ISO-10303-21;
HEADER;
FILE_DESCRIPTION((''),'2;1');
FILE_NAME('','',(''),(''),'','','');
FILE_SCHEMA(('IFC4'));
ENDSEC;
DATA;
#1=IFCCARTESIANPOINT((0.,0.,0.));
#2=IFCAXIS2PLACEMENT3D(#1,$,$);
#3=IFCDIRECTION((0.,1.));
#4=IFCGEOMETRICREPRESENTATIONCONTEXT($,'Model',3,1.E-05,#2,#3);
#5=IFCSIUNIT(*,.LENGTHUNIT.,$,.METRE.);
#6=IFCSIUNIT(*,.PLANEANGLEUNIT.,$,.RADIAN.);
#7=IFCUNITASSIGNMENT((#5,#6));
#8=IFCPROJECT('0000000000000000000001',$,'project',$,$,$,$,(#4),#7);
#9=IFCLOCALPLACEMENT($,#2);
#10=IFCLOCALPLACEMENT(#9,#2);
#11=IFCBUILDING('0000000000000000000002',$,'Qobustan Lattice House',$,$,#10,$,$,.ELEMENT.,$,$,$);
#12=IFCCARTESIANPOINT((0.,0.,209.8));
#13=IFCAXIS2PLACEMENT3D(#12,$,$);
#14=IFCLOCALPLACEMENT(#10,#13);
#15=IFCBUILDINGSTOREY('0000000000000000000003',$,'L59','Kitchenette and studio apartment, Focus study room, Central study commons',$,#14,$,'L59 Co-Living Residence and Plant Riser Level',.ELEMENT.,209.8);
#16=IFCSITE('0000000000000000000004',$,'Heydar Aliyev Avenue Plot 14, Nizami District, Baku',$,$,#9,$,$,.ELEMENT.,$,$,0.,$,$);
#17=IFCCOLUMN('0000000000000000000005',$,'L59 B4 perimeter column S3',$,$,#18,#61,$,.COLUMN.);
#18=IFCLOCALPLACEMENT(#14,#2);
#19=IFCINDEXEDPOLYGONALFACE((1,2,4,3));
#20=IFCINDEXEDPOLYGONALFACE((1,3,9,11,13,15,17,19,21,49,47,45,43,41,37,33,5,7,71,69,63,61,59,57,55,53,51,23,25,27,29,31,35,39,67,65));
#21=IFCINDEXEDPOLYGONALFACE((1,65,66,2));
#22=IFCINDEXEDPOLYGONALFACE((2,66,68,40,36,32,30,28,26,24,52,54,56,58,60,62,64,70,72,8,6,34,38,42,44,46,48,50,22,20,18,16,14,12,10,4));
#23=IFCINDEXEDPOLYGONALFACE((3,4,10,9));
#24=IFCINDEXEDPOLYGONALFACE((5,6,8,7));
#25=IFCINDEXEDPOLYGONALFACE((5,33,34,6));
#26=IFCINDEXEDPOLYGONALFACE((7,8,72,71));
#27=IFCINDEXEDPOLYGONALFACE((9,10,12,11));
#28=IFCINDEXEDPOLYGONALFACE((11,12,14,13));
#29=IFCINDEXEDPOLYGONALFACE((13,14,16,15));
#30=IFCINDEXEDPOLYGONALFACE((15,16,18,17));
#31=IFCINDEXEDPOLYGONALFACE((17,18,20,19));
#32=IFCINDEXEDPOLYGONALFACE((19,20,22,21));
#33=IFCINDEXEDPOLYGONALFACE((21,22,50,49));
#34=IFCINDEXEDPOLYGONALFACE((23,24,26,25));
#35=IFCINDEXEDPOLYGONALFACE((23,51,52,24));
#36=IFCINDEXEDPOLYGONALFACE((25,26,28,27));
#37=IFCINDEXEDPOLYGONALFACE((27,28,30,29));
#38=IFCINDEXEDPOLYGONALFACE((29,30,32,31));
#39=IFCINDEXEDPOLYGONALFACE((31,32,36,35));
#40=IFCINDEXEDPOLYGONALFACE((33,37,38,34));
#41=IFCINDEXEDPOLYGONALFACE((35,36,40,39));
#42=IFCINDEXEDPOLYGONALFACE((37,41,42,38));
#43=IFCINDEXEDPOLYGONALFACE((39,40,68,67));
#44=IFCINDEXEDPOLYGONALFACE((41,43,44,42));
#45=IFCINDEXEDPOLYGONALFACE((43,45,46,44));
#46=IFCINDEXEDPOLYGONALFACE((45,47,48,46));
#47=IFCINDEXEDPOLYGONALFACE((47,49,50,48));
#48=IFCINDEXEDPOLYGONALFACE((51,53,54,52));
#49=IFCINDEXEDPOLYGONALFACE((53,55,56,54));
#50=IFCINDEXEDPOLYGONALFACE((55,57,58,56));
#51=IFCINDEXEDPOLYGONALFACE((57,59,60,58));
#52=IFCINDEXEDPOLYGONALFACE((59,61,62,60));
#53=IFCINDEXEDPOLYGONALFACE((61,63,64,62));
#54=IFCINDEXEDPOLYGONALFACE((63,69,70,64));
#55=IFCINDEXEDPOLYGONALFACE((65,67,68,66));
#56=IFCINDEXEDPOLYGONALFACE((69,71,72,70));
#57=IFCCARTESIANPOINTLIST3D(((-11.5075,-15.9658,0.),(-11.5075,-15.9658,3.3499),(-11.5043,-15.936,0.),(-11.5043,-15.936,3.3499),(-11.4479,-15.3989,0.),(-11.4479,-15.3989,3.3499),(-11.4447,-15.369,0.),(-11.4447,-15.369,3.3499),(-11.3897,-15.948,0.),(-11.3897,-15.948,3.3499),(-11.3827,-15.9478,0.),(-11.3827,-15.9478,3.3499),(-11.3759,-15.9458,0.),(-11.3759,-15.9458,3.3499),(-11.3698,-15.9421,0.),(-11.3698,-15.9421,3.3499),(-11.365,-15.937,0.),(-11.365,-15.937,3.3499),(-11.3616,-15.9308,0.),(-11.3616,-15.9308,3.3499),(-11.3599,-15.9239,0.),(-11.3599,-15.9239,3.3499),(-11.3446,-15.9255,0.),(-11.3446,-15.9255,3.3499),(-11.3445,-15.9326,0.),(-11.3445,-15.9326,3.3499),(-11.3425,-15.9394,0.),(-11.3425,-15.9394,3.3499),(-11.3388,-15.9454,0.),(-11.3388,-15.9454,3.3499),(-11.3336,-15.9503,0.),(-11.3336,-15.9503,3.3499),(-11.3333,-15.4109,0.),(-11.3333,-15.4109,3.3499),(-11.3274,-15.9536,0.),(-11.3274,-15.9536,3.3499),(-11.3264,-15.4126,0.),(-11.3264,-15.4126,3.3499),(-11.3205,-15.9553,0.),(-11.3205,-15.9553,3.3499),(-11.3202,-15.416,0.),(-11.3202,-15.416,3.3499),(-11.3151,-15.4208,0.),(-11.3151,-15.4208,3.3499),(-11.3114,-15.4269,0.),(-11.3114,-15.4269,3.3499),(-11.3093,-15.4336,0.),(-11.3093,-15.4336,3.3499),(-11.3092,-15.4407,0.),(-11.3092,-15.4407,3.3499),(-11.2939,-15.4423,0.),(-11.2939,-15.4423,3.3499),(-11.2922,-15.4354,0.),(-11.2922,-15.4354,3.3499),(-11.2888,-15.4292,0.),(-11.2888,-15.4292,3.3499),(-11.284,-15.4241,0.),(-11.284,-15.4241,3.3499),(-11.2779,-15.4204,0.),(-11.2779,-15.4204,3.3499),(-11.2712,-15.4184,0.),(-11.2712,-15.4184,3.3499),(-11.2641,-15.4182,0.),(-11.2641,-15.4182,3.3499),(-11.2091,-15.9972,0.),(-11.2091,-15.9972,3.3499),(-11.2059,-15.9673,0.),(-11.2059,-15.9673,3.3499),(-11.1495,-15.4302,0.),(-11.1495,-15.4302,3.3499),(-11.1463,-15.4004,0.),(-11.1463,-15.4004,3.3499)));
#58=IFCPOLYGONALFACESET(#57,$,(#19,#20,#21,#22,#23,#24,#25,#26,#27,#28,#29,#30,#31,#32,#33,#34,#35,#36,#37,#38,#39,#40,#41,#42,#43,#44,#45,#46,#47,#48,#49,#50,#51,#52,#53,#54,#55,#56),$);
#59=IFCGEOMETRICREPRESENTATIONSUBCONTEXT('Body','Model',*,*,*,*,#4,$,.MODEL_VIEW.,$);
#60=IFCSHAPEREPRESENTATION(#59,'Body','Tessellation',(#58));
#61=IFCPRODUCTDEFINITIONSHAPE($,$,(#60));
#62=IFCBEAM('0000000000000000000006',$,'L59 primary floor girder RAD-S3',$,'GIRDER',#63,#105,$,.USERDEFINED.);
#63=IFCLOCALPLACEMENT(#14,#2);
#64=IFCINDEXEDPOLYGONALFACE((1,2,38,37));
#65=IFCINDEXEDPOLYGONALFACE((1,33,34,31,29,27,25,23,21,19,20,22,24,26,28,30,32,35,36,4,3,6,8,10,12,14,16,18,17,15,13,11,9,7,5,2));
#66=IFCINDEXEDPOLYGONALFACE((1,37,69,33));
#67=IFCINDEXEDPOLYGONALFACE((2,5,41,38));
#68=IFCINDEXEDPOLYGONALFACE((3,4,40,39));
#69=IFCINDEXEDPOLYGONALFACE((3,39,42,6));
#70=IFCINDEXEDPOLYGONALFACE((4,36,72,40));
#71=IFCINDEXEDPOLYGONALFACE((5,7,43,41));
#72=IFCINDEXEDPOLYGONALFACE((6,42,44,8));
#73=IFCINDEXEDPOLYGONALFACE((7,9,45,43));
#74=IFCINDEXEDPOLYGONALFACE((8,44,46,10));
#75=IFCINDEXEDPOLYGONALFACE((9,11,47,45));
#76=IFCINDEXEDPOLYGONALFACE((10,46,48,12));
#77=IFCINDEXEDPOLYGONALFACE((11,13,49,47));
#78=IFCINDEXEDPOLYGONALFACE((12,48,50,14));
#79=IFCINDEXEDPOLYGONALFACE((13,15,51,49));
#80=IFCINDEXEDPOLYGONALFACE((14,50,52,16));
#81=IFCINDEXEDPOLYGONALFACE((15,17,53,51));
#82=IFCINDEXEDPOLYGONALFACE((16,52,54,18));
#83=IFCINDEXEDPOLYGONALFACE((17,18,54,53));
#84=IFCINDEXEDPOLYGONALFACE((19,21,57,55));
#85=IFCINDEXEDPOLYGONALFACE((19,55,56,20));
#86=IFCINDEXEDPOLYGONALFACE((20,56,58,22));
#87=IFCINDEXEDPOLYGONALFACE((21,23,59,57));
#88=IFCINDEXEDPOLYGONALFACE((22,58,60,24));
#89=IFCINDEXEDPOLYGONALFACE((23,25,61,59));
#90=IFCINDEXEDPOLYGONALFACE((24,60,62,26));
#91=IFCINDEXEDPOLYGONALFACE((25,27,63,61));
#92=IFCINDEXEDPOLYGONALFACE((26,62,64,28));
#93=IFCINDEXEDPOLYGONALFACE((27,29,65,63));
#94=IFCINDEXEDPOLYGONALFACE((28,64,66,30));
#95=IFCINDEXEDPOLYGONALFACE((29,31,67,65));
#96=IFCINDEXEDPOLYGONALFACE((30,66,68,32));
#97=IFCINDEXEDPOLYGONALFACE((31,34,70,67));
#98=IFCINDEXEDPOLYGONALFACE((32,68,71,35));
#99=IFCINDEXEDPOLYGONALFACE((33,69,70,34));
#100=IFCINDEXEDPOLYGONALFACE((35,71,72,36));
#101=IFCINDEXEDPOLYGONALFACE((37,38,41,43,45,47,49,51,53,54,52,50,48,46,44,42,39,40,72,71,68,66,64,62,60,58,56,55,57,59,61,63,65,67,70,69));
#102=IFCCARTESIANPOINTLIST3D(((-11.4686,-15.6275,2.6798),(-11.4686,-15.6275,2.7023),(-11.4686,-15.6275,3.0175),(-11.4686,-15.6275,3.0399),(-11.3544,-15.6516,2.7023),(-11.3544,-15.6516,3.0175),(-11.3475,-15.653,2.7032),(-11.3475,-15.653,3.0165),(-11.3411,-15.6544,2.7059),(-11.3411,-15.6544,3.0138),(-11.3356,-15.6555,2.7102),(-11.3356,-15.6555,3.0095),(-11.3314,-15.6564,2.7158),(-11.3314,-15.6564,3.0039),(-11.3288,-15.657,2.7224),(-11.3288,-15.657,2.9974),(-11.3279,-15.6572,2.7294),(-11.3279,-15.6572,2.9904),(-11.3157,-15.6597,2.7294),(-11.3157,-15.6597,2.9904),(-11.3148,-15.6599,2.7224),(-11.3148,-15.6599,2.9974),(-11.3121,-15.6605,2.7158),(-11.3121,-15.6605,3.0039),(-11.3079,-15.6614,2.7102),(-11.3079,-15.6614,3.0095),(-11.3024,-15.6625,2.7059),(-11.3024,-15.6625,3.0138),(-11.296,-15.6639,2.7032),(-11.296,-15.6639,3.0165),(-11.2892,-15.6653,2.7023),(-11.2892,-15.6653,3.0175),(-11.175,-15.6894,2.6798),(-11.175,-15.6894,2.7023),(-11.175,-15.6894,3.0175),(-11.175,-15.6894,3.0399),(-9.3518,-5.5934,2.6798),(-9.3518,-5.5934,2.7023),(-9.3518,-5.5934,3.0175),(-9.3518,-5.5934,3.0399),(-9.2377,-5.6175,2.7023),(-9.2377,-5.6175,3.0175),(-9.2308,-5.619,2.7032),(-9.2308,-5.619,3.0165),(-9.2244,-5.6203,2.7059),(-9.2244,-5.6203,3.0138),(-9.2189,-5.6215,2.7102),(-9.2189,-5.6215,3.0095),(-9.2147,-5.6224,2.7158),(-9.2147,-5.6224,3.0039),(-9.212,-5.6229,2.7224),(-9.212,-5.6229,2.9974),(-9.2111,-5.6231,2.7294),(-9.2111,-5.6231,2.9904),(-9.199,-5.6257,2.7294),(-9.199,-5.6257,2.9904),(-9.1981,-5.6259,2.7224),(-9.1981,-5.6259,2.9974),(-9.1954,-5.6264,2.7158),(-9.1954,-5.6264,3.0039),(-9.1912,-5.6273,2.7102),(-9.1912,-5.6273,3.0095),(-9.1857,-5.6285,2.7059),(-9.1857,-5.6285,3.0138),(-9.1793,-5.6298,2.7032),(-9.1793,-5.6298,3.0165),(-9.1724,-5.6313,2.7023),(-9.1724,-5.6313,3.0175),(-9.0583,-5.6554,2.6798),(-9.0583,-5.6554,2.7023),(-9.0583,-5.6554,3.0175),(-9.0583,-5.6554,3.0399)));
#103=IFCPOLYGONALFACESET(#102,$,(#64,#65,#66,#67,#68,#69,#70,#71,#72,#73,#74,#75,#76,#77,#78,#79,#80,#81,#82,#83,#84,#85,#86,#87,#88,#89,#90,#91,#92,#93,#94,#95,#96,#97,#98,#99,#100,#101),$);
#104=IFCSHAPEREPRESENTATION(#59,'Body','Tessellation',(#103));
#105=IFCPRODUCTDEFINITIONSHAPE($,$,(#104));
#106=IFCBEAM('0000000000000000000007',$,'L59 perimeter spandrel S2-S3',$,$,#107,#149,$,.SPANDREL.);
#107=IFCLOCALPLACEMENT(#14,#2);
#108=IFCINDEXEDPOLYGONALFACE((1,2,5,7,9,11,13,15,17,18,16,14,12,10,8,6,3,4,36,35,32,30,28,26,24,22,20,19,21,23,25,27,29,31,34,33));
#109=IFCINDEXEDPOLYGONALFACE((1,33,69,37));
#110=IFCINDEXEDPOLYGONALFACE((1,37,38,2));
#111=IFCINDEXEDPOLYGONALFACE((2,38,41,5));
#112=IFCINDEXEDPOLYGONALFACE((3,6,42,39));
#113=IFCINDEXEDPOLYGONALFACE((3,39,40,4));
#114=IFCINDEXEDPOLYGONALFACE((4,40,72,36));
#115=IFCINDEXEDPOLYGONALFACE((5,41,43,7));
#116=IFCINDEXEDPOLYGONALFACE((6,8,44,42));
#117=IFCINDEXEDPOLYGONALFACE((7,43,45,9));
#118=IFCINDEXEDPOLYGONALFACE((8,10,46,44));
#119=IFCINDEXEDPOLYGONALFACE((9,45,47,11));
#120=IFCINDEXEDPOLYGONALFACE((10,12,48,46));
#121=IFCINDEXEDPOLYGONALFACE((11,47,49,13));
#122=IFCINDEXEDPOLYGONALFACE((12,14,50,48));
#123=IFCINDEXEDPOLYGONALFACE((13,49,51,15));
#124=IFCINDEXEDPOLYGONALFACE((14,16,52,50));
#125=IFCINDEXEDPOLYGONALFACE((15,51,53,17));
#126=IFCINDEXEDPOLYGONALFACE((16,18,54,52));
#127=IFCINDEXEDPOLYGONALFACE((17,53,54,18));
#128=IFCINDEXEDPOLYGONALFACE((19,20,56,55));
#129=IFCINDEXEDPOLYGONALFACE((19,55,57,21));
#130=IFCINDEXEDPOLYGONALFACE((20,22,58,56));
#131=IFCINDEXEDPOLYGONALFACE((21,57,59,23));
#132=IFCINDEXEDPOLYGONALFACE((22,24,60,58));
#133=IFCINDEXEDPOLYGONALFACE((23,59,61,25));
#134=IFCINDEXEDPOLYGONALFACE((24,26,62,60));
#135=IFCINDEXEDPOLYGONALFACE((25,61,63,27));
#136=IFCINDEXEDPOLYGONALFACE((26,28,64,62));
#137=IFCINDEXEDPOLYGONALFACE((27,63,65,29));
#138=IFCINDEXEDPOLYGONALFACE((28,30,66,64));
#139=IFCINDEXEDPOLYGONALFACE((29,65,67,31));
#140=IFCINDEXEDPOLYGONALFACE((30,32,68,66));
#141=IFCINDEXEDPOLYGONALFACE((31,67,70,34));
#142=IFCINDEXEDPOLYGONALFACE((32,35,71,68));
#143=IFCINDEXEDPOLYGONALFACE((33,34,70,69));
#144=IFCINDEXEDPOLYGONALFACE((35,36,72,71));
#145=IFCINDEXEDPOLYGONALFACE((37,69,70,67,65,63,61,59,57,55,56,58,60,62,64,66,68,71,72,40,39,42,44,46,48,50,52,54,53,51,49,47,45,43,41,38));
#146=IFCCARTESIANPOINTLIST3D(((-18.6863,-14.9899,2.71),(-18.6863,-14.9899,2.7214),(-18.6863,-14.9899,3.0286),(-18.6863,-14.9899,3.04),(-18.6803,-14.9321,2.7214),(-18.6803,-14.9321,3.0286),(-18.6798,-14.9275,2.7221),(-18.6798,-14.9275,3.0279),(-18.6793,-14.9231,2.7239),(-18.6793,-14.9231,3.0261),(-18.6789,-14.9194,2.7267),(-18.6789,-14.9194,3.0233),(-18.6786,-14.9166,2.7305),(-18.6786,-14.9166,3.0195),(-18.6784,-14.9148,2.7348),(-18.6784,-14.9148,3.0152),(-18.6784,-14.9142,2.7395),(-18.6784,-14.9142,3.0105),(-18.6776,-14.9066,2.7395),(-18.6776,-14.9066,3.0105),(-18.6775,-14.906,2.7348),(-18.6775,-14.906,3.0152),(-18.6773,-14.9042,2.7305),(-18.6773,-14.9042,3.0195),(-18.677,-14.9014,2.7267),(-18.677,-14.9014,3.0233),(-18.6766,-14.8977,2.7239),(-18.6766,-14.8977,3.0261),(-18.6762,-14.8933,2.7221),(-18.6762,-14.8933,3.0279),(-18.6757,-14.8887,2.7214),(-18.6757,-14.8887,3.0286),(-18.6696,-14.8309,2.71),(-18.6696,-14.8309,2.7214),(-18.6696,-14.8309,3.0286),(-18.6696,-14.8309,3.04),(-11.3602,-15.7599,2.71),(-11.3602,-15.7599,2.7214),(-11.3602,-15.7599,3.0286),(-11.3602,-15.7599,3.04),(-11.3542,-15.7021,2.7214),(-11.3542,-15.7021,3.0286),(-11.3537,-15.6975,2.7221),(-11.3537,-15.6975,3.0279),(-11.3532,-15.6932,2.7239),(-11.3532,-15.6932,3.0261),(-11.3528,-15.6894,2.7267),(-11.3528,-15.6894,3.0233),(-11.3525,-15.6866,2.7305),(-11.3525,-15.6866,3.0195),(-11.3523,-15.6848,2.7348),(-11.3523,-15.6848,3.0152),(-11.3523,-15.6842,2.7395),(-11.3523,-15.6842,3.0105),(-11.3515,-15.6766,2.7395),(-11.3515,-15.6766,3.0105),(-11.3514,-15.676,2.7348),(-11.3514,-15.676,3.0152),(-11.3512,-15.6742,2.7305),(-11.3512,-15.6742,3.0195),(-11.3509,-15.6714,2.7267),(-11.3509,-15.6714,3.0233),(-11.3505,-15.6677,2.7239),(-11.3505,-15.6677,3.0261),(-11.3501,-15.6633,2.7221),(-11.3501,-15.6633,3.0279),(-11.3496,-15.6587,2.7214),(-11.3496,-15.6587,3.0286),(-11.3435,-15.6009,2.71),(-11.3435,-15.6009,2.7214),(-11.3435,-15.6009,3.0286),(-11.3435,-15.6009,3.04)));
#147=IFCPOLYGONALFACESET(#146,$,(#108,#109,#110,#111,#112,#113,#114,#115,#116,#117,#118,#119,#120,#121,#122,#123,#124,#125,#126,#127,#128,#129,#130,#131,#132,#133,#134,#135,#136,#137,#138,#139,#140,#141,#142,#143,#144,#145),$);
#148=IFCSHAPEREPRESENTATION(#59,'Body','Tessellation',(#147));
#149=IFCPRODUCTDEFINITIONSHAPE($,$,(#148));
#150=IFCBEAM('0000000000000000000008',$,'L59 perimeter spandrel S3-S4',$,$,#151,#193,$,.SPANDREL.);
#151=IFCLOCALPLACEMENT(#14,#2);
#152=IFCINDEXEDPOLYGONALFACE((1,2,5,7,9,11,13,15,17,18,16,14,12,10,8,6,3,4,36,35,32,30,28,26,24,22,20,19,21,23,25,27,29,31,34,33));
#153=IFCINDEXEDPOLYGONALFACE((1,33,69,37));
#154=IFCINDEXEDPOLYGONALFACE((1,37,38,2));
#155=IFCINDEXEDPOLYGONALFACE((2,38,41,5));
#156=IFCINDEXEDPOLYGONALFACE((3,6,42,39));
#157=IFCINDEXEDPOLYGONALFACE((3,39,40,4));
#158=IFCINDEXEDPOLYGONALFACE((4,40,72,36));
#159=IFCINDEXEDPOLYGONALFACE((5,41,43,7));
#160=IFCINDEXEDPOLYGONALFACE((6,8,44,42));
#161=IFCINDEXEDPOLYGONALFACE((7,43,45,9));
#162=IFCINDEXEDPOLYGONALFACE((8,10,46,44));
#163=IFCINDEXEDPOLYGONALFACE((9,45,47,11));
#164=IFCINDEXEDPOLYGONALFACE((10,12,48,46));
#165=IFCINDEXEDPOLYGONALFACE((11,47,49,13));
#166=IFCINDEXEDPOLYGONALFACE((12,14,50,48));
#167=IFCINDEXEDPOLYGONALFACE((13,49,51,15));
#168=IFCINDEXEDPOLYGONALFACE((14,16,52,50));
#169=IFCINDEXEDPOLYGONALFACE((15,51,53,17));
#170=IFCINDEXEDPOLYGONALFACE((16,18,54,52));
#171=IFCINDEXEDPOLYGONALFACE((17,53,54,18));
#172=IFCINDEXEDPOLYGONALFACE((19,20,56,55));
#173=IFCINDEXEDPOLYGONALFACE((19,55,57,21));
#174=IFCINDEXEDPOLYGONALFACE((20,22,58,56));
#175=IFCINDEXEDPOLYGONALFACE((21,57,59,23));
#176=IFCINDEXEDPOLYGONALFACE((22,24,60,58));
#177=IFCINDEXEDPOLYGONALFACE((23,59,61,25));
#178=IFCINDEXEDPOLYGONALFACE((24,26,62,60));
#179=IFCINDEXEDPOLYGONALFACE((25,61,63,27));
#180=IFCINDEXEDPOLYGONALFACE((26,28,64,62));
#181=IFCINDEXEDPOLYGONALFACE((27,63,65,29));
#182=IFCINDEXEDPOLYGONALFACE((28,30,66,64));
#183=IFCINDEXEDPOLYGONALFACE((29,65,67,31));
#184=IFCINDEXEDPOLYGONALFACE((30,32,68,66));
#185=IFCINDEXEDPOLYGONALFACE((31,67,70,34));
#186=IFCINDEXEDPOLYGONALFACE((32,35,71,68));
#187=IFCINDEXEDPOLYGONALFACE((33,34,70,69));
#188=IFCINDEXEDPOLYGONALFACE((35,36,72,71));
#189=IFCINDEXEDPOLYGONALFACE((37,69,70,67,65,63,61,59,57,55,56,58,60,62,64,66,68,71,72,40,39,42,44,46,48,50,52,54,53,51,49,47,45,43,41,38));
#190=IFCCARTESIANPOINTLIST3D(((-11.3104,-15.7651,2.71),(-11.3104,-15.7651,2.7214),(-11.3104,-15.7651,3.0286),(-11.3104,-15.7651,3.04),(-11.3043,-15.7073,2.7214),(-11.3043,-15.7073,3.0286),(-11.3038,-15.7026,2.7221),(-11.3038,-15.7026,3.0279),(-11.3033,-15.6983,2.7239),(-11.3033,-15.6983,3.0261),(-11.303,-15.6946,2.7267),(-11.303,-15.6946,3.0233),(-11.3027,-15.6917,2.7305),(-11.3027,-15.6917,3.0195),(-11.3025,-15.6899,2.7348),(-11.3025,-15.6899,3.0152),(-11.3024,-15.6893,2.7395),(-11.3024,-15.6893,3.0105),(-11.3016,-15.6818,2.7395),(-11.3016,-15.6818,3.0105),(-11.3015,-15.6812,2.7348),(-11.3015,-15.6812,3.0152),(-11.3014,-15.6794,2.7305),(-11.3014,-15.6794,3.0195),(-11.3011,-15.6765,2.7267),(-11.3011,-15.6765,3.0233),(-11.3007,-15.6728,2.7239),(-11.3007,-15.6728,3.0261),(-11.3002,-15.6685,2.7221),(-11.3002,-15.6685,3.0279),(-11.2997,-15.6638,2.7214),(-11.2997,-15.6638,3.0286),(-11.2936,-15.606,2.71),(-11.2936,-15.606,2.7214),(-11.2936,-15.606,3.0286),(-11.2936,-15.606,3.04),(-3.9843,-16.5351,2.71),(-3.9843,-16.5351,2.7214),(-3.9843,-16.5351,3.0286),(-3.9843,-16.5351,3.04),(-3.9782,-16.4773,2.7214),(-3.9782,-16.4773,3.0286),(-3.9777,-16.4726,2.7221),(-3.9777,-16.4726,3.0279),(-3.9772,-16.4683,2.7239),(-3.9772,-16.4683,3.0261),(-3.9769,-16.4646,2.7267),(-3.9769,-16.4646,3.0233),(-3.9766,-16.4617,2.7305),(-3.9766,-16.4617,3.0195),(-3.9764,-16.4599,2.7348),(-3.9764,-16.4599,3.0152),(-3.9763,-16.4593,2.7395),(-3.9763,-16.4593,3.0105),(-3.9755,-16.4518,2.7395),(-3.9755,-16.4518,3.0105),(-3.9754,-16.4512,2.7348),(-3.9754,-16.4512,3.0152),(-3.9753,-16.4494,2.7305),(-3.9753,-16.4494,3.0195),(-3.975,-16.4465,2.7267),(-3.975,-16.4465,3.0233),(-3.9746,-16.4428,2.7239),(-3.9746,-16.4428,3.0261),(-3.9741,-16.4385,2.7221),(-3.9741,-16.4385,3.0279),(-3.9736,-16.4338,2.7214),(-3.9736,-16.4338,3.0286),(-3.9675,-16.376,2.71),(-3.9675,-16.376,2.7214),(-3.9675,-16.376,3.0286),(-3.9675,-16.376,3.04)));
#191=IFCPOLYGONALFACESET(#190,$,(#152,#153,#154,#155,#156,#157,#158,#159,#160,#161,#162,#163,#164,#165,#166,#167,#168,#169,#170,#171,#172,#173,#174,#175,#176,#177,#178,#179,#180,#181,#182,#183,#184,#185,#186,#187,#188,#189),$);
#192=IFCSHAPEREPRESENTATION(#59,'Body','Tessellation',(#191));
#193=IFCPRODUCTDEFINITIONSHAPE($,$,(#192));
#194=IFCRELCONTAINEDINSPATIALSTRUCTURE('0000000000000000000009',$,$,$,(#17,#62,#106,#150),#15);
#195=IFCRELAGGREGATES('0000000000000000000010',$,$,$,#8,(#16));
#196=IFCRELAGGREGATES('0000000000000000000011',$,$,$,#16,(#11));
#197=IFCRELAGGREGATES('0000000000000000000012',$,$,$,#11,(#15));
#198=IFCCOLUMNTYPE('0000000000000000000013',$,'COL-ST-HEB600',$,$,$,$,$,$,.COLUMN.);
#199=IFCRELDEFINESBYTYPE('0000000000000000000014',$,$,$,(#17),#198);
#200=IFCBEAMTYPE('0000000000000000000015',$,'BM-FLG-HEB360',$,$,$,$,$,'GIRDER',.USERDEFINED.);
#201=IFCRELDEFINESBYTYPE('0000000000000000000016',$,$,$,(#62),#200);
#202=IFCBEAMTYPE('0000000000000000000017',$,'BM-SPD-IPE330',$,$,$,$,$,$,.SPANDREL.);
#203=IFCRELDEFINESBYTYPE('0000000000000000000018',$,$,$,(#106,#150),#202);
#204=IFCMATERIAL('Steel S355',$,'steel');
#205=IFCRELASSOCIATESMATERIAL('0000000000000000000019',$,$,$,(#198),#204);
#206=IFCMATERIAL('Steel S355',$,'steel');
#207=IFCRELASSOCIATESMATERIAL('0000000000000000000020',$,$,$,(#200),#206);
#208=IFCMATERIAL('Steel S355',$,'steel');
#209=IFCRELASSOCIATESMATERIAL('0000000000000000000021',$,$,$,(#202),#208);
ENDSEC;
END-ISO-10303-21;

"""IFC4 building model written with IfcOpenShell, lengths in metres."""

from ifc_helpers import new_model, si_unit, direction, frame, origin, origin_2d, place, context, subcontext, project, spatial, i_section, extrude, material, material_profile, profile_set, type_object, element, save


model = new_model("IFC4")

# Units and contexts
model_context = context("Model", 3, precision=1e-05, world=origin(), true_north=direction((0.0, 1.0)))
body_context = subcontext(model_context, "Body", "Model", "MODEL_VIEW")
ifc_project = project(units=[si_unit("LENGTHUNIT", "METRE"), si_unit("PLANEANGLEUNIT", "RADIAN")], contexts=[model_context])

# Site, building, storey
site_placement = place(None, origin())
site = spatial("IfcSite", under=ifc_project, at=site_placement, Name="Heydar Aliyev Avenue Plot 14, Nizami District, Baku", CompositionType="ELEMENT", RefElevation=0.0)
building_placement = place(site_placement, origin())
building = spatial("IfcBuilding", under=site, at=building_placement, Name="Qobustan Lattice House", CompositionType="ELEMENT")
storey_placement = place(building_placement, frame((0.0, 0.0, 209.8)))
storey = spatial("IfcBuildingStorey", under=building, at=storey_placement, Name="L59", Description="Kitchenette and studio apartment, Focus study room, Central study commons", LongName="L59 Co-Living Residence and Plant Riser Level", CompositionType="ELEMENT", Elevation=209.8)

# Column
ifc_material_1 = material(Name="Steel S355", Category="steel")
ifc_material_profile_1 = material_profile(ifc_material_1, i_section(OverallWidth=0.3, OverallDepth=0.6001, WebThickness=0.0154, FlangeThickness=0.03, FilletRadius=0.0271, at=origin_2d()), Name="HEB600")
ifc_profile_set_1 = profile_set([ifc_material_profile_1], Name="Steel S355")
column_type = type_object("IfcColumnType", Name="COL-ST-HEB600", PredefinedType="COLUMN", material=ifc_profile_set_1)
column_placement = place(storey_placement, frame((-11.3269, -15.6831, 0.0), z_axis=(0.0, 0.0, 1.0), x_axis=(0.994522, -0.104528, 0.0)))
element("IfcColumn", 1, at=column_placement, inside=storey, type_object=column_type, Name="L59 B4 perimeter column S3", PredefinedType="COLUMN", context=body_context, shape_type="SweptSolid", body=[
    extrude(i_section(OverallWidth=0.3, OverallDepth=0.6001, WebThickness=0.0154, FlangeThickness=0.03, FilletRadius=0.0271, at=origin_2d()), origin(), (0.0, 0.0, 1.0), 3.3499),
])

# Beams
ifc_material_2 = material(Name="Steel S355", Category="steel")
ifc_material_profile_2 = material_profile(ifc_material_2, i_section(OverallWidth=0.3, OverallDepth=0.3601, WebThickness=0.0125, FlangeThickness=0.0225, FilletRadius=0.0271, at=origin_2d()), Name="HEB360")
ifc_profile_set_2 = profile_set([ifc_material_profile_2], Name="Steel S355")
beam_type_1 = type_object("IfcBeamType", Name="BM-FLG-HEB360", ElementType="GIRDER", PredefinedType="USERDEFINED", material=ifc_profile_set_2)
beam_placement = place(storey_placement, frame((-11.3218, -15.6584, 2.8599), z_axis=(0.206411, 0.978465, 0.0), x_axis=(-0.978465, 0.206411, 0.0)))
element("IfcBeam", 2, at=beam_placement, inside=storey, type_object=beam_type_1, Name="L59 primary floor girder RAD-S3", ObjectType="GIRDER", PredefinedType="USERDEFINED", context=body_context, shape_type="SweptSolid", body=[
    extrude(i_section(OverallWidth=0.3, OverallDepth=0.3601, WebThickness=0.0125, FlangeThickness=0.0225, FilletRadius=0.0271, at=origin_2d()), origin(), (0.0, 0.0, 1.0), 10.2549),
])
ifc_material_3 = material(Name="Steel S355", Category="steel")
ifc_material_profile_3 = material_profile(ifc_material_3, i_section(OverallWidth=0.1599, OverallDepth=0.3301, WebThickness=0.0076, FlangeThickness=0.0115, FilletRadius=0.0181, at=origin_2d()), Name="IPE330")
ifc_profile_set_3 = profile_set([ifc_material_profile_3], Name="Steel S355")
beam_type_2 = type_object("IfcBeamType", Name="BM-SPD-IPE330", PredefinedType="SPANDREL", material=ifc_profile_set_3)
for number, where, z_axis, x_axis, name in (
    (3, (-18.678, -14.9104, 2.875), (0.994522, -0.10453, 0.0), (0.10453, 0.994522, 0.0), "L59 perimeter spandrel S2-S3"),
    (4, (-11.302, -15.6855, 2.875), (0.994522, -0.10453, 0.0), (0.10453, 0.994522, 0.0), "L59 perimeter spandrel S3-S4"),
):
    element("IfcBeam", number, at=place(storey_placement, frame(where, z_axis=z_axis, x_axis=x_axis)), inside=storey, type_object=beam_type_2, Name=name, PredefinedType="SPANDREL", context=body_context, shape_type="SweptSolid", body=[
        extrude(i_section(OverallWidth=0.1599, OverallDepth=0.3301, WebThickness=0.0076, FlangeThickness=0.0115, FilletRadius=0.0181, at=origin_2d()), origin(), (0.0, 0.0, 1.0), 7.3665),
    ])

save(model, "model.ifc")
